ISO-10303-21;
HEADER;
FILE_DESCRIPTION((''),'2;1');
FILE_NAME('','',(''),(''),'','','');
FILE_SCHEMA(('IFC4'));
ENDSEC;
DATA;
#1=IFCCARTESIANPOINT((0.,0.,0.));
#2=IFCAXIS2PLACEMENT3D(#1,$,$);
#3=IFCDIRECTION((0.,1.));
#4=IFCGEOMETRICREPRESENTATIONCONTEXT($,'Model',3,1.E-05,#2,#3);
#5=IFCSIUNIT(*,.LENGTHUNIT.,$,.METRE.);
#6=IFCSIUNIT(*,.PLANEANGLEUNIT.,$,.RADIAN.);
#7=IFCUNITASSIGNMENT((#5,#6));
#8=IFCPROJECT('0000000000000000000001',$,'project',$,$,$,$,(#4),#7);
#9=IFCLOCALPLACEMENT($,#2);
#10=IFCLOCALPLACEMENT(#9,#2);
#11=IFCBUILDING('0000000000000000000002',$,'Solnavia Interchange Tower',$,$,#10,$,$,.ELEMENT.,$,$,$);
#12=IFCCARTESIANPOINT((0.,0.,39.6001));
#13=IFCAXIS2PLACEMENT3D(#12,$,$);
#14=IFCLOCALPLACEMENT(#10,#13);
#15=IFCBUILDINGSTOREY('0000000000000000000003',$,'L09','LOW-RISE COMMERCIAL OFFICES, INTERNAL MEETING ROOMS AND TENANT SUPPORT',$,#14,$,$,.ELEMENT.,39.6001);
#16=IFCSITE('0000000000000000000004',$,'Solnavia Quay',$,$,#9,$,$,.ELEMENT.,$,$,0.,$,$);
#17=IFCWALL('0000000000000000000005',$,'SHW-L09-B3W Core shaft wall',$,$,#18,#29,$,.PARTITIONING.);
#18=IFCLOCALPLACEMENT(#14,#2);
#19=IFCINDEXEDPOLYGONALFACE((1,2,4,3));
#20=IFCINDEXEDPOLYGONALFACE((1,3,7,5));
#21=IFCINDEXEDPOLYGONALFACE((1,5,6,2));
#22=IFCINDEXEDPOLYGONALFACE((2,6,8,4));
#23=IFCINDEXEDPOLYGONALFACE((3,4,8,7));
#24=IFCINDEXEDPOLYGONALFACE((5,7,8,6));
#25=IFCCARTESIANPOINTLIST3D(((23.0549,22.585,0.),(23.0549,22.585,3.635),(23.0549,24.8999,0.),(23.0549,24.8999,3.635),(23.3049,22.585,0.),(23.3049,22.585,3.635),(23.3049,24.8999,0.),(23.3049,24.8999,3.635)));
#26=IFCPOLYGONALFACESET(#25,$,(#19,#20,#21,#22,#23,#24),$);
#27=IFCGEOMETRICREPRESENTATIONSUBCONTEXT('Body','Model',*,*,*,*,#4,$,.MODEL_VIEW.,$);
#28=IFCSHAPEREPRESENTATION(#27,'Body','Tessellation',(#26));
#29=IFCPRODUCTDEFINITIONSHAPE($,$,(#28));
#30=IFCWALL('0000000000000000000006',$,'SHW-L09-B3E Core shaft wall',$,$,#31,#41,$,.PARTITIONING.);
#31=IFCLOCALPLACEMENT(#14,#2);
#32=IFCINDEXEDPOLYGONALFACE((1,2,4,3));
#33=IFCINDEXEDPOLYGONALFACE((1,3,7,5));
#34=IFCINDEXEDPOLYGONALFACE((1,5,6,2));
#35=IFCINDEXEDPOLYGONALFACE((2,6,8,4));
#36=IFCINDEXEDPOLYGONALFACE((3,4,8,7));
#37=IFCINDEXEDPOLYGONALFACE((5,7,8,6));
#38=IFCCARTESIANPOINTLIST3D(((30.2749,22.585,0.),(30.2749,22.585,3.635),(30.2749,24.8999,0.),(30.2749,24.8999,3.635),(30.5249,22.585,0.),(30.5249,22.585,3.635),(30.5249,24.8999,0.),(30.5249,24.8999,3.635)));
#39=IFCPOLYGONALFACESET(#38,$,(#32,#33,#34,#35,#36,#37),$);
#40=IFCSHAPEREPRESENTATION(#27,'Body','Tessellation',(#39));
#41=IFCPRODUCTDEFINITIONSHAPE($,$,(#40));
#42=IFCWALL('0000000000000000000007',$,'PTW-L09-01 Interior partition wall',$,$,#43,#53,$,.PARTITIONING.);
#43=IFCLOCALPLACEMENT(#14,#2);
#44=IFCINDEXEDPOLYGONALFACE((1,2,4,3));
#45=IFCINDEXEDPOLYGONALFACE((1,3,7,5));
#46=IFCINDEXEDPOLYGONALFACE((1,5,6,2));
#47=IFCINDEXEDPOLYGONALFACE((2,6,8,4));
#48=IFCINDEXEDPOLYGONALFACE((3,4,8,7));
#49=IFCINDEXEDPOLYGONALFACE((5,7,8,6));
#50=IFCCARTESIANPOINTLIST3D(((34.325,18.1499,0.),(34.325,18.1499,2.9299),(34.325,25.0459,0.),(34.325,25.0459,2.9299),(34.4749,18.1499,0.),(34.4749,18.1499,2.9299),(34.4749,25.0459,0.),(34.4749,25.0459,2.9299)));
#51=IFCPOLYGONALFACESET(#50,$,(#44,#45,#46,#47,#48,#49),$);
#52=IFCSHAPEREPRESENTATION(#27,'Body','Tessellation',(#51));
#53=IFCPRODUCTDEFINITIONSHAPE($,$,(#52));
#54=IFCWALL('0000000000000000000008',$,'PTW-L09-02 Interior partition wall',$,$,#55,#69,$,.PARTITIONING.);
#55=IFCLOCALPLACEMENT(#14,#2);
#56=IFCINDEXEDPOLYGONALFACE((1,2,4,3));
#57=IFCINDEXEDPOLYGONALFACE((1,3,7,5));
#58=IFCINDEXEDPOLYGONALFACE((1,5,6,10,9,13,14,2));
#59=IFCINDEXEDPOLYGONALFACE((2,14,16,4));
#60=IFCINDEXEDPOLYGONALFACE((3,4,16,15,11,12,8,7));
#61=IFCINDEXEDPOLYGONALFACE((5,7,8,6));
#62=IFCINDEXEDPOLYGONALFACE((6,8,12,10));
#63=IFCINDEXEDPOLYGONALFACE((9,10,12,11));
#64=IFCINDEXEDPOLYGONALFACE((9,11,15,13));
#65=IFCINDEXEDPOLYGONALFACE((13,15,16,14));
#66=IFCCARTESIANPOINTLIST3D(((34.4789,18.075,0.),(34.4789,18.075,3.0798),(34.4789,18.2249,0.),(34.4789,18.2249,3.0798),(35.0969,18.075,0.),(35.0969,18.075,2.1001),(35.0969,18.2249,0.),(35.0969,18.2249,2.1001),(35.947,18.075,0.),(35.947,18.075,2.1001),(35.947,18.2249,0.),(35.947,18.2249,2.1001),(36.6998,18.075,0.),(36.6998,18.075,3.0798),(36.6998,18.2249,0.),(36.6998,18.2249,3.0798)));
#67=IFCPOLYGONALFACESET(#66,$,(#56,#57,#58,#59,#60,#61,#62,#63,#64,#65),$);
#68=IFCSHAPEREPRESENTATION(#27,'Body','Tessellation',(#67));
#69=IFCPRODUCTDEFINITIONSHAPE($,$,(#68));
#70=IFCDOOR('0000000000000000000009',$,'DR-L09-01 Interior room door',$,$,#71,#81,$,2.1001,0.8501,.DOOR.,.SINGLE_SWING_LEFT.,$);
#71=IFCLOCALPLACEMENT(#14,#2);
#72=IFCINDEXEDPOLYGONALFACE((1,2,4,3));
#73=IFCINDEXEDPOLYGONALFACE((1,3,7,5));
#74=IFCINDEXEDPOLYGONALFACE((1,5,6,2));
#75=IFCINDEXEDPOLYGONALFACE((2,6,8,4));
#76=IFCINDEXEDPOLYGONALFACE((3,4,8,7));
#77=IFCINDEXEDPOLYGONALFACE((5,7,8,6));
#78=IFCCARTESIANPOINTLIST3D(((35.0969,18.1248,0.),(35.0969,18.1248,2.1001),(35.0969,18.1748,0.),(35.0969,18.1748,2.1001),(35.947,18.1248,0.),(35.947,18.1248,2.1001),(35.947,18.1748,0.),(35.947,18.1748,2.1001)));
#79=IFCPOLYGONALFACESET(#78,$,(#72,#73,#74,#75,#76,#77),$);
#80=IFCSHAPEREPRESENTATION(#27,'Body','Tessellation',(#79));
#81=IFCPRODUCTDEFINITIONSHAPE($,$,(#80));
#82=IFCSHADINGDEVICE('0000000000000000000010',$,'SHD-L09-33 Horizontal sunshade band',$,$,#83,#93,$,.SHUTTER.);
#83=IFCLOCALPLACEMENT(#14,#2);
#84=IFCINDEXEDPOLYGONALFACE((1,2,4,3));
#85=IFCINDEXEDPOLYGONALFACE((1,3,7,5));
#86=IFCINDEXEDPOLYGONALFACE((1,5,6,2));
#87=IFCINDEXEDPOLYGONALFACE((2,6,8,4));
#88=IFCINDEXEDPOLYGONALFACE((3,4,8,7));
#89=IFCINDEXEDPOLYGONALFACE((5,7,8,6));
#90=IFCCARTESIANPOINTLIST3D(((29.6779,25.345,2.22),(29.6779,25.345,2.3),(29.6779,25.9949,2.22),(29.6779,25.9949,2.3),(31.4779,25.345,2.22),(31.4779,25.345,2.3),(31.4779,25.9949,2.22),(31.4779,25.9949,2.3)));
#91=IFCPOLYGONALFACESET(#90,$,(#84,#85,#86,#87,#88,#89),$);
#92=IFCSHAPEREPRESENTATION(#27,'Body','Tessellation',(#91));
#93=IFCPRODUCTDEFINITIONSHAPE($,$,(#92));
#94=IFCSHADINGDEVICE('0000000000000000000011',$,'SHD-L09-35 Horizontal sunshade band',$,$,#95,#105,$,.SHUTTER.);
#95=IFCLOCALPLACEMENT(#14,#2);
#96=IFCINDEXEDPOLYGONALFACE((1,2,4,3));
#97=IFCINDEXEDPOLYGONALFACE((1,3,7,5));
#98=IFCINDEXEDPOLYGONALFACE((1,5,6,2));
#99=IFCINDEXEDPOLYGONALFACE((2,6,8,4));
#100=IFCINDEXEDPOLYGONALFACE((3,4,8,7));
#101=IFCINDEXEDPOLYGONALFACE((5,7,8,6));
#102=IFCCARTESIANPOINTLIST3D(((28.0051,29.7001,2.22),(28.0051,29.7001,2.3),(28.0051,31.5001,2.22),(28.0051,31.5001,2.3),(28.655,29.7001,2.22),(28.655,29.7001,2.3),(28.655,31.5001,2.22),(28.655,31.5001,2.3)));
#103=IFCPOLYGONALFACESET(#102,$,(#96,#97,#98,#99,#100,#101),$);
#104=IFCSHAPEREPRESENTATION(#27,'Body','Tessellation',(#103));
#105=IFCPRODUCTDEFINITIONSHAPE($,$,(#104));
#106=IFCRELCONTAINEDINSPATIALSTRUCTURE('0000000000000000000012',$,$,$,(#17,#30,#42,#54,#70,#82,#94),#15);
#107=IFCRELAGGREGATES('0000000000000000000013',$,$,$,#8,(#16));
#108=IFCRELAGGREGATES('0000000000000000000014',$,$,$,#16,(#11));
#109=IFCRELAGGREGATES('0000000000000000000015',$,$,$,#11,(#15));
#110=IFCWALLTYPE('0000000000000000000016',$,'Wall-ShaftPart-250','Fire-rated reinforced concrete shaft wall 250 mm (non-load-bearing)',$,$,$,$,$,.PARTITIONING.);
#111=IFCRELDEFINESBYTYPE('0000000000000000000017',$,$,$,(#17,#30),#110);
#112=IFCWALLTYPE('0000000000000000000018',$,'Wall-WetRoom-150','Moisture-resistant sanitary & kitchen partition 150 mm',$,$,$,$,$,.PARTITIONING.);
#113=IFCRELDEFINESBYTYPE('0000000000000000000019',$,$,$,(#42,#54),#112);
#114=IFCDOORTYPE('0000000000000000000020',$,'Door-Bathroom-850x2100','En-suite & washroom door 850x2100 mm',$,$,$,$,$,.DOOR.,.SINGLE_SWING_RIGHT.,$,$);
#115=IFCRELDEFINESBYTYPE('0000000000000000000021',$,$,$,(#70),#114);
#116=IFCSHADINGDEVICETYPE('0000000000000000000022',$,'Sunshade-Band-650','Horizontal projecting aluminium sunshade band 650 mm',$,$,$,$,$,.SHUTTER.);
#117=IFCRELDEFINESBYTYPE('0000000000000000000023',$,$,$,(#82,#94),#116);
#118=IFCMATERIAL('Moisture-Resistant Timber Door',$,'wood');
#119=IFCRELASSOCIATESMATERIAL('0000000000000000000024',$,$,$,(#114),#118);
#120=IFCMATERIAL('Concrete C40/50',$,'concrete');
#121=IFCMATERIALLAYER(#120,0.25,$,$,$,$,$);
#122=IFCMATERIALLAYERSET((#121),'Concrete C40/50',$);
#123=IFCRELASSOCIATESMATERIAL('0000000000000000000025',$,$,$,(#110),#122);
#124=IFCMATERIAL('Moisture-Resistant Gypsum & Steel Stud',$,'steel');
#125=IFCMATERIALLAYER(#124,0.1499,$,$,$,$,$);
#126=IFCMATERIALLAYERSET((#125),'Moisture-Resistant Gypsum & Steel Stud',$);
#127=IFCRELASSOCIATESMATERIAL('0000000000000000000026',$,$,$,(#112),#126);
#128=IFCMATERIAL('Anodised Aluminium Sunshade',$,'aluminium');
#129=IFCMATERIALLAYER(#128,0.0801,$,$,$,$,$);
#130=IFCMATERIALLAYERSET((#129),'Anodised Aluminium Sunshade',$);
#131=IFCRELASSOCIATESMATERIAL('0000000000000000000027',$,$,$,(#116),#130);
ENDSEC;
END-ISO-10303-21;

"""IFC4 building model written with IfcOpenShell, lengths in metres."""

from ifc_helpers import new_model, si_unit, direction, frame, frame_2d, origin, origin_2d, place, context, subcontext, project, spatial, rectangle, extrude, material, layer, layer_set, type_object, element, fill, save


model = new_model("IFC4")

# Units and contexts
model_context = context("Model", 3, precision=1e-05, world=origin(), true_north=direction((0.0, 1.0)))
body_context = subcontext(model_context, "Body", "Model", "MODEL_VIEW")
ifc_project = project(units=[si_unit("LENGTHUNIT", "METRE"), si_unit("PLANEANGLEUNIT", "RADIAN")], contexts=[model_context])

# Site, building, storey
site_placement = place(None, origin())
site = spatial("IfcSite", under=ifc_project, at=site_placement, Name="Solnavia Quay", CompositionType="ELEMENT", RefElevation=0.0)
building_placement = place(site_placement, origin())
building = spatial("IfcBuilding", under=site, at=building_placement, Name="Solnavia Interchange Tower", CompositionType="ELEMENT")
storey_placement = place(building_placement, frame((0.0, 0.0, 39.6001)))
storey = spatial("IfcBuildingStorey", under=building, at=storey_placement, Name="L09", Description="LOW-RISE COMMERCIAL OFFICES, INTERNAL MEETING ROOMS AND TENANT SUPPORT", CompositionType="ELEMENT", Elevation=39.6001)

# Shared definitions
ifc_material_1 = material(Name="Concrete C40/50", Category="concrete")

# Shared definitions
ifc_material_2 = material(Name="Moisture-Resistant Timber Door", Category="wood")
door_type_1 = type_object("IfcDoorType", Name="Door-Bathroom-850x2100", Description="En-suite & washroom door 850x2100 mm", OperationType="SINGLE_SWING_RIGHT", PredefinedType="DOOR", material=ifc_material_2)

# Walls
ifc_layer_1 = layer(ifc_material_1, 0.25)
ifc_layer_set_1 = layer_set([ifc_layer_1], Name="Concrete C40/50")
wall_type_1 = type_object("IfcWallType", Name="Wall-ShaftPart-250", Description="Fire-rated reinforced concrete shaft wall 250 mm (non-load-bearing)", PredefinedType="PARTITIONING", material=ifc_layer_set_1)
for number, where, z_axis, x_axis, name in (
    (1, (23.1799, 22.585, 0.0), (0.0, 0.0, 1.0), (0.0, 1.0, 0.0), "SHW-L09-B3W Core shaft wall"),
    (2, (30.3999, 22.585, 0.0), (0.0, 0.0, 1.0), (0.0, 1.0, 0.0), "SHW-L09-B3E Core shaft wall"),
):
    element("IfcWall", number, at=place(storey_placement, frame(where, z_axis=z_axis, x_axis=x_axis)), inside=storey, type_object=wall_type_1, Name=name, PredefinedType="PARTITIONING", context=body_context, shape_type="SweptSolid", body=[
        extrude(rectangle(XDim=2.3149, YDim=0.25, at=frame_2d((1.1575, 0.0))), origin(), (0.0, 0.0, 1.0), 3.635),
    ])
ifc_material_3 = material(Name="Moisture-Resistant Gypsum & Steel Stud", Category="steel")
ifc_layer_2 = layer(ifc_material_3, 0.1499)
ifc_layer_set_2 = layer_set([ifc_layer_2], Name="Moisture-Resistant Gypsum & Steel Stud")
wall_type_2 = type_object("IfcWallType", Name="Wall-WetRoom-150", Description="Moisture-resistant sanitary & kitchen partition 150 mm", PredefinedType="PARTITIONING", material=ifc_layer_set_2)
wall_1_placement = place(storey_placement, frame((34.3999, 18.1499, 0.0), z_axis=(0.0, 0.0, 1.0), x_axis=(0.0, 1.0, 0.0)))
element("IfcWall", 3, at=wall_1_placement, inside=storey, type_object=wall_type_2, Name="PTW-L09-01 Interior partition wall", PredefinedType="PARTITIONING", context=body_context, shape_type="SweptSolid", body=[
    extrude(rectangle(XDim=6.896, YDim=0.1499, at=frame_2d((3.448, 0.0))), origin(), (0.0, 0.0, 1.0), 2.9299),
])

# Wall, opening, door
wall_2_placement = place(storey_placement, frame((34.479, 18.1499, 0.0), z_axis=(0.0, 0.0, 1.0), x_axis=(1.0, 0.0, 0.0)))
wall_2 = element("IfcWall", 4, at=wall_2_placement, inside=storey, type_object=wall_type_2, Name="PTW-L09-02 Interior partition wall", PredefinedType="PARTITIONING", context=body_context, shape_type="SweptSolid", body=[
    extrude(rectangle(XDim=2.2209, YDim=0.1499, at=frame_2d((1.1104, 0.0))), origin(), (0.0, 0.0, 1.0), 3.0798),
])
opening_1_placement = place(wall_2_placement, frame((0.6179, 0.0, 0.0)))
opening_1 = element("IfcOpeningElement", 5, at=opening_1_placement, cuts=wall_2, PredefinedType="OPENING", context=body_context, shape_type="SweptSolid", body=[
    extrude(rectangle(XDim=0.8501, YDim=2.1001, at=frame_2d((0.425, 1.05))), frame((0.0, 0.085, 0.0), z_axis=(0.0, -1.0, 0.0), x_axis=(1.0, 0.0, 0.0)), (0.0, 0.0, 1.0), 0.1699),
])
door_1_placement = place(opening_1_placement, origin())
door_1 = element("IfcDoor", 6, at=door_1_placement, inside=storey, type_object=door_type_1, Name="DR-L09-01 Interior room door", OperationType="SINGLE_SWING_LEFT", OverallHeight=2.1001, OverallWidth=0.8501, PredefinedType="DOOR", context=body_context, shape_type="SweptSolid", body=[
    extrude(rectangle(XDim=0.8501, YDim=2.1001, at=frame_2d((0.425, 1.05))), frame((0.0, 0.0249, 0.0), z_axis=(0.0, -1.0, 0.0), x_axis=(1.0, 0.0, 0.0)), (0.0, 0.0, 1.0), 0.05),
])
fill(opening_1, door_1)

# Shading devices
ifc_material_4 = material(Name="Anodised Aluminium Sunshade", Category="aluminium")
ifc_layer_3 = layer(ifc_material_4, 0.0801)
ifc_layer_set_3 = layer_set([ifc_layer_3], Name="Anodised Aluminium Sunshade")
shading_device_type = type_object("IfcShadingDeviceType", Name="Sunshade-Band-650", Description="Horizontal projecting aluminium sunshade band 650 mm", PredefinedType="SHUTTER", material=ifc_layer_set_3)
for number, where, z_axis, x_axis, name in (
    (7, (30.5779, 25.6699, 2.22), (0.0, 0.0, 1.0), (1.0, 0.0, 0.0), "SHD-L09-33 Horizontal sunshade band"),
    (8, (28.3301, 30.6001, 2.22), (0.0, 0.0, 1.0), (0.0, 1.0, 0.0), "SHD-L09-35 Horizontal sunshade band"),
):
    element("IfcShadingDevice", number, at=place(storey_placement, frame(where, z_axis=z_axis, x_axis=x_axis)), inside=storey, type_object=shading_device_type, Name=name, PredefinedType="SHUTTER", context=body_context, shape_type="SweptSolid", body=[
        extrude(rectangle(XDim=1.8, YDim=0.6499, at=origin_2d()), origin(), (0.0, 0.0, 1.0), 0.0801),
    ])

save(model, "model.ifc")
